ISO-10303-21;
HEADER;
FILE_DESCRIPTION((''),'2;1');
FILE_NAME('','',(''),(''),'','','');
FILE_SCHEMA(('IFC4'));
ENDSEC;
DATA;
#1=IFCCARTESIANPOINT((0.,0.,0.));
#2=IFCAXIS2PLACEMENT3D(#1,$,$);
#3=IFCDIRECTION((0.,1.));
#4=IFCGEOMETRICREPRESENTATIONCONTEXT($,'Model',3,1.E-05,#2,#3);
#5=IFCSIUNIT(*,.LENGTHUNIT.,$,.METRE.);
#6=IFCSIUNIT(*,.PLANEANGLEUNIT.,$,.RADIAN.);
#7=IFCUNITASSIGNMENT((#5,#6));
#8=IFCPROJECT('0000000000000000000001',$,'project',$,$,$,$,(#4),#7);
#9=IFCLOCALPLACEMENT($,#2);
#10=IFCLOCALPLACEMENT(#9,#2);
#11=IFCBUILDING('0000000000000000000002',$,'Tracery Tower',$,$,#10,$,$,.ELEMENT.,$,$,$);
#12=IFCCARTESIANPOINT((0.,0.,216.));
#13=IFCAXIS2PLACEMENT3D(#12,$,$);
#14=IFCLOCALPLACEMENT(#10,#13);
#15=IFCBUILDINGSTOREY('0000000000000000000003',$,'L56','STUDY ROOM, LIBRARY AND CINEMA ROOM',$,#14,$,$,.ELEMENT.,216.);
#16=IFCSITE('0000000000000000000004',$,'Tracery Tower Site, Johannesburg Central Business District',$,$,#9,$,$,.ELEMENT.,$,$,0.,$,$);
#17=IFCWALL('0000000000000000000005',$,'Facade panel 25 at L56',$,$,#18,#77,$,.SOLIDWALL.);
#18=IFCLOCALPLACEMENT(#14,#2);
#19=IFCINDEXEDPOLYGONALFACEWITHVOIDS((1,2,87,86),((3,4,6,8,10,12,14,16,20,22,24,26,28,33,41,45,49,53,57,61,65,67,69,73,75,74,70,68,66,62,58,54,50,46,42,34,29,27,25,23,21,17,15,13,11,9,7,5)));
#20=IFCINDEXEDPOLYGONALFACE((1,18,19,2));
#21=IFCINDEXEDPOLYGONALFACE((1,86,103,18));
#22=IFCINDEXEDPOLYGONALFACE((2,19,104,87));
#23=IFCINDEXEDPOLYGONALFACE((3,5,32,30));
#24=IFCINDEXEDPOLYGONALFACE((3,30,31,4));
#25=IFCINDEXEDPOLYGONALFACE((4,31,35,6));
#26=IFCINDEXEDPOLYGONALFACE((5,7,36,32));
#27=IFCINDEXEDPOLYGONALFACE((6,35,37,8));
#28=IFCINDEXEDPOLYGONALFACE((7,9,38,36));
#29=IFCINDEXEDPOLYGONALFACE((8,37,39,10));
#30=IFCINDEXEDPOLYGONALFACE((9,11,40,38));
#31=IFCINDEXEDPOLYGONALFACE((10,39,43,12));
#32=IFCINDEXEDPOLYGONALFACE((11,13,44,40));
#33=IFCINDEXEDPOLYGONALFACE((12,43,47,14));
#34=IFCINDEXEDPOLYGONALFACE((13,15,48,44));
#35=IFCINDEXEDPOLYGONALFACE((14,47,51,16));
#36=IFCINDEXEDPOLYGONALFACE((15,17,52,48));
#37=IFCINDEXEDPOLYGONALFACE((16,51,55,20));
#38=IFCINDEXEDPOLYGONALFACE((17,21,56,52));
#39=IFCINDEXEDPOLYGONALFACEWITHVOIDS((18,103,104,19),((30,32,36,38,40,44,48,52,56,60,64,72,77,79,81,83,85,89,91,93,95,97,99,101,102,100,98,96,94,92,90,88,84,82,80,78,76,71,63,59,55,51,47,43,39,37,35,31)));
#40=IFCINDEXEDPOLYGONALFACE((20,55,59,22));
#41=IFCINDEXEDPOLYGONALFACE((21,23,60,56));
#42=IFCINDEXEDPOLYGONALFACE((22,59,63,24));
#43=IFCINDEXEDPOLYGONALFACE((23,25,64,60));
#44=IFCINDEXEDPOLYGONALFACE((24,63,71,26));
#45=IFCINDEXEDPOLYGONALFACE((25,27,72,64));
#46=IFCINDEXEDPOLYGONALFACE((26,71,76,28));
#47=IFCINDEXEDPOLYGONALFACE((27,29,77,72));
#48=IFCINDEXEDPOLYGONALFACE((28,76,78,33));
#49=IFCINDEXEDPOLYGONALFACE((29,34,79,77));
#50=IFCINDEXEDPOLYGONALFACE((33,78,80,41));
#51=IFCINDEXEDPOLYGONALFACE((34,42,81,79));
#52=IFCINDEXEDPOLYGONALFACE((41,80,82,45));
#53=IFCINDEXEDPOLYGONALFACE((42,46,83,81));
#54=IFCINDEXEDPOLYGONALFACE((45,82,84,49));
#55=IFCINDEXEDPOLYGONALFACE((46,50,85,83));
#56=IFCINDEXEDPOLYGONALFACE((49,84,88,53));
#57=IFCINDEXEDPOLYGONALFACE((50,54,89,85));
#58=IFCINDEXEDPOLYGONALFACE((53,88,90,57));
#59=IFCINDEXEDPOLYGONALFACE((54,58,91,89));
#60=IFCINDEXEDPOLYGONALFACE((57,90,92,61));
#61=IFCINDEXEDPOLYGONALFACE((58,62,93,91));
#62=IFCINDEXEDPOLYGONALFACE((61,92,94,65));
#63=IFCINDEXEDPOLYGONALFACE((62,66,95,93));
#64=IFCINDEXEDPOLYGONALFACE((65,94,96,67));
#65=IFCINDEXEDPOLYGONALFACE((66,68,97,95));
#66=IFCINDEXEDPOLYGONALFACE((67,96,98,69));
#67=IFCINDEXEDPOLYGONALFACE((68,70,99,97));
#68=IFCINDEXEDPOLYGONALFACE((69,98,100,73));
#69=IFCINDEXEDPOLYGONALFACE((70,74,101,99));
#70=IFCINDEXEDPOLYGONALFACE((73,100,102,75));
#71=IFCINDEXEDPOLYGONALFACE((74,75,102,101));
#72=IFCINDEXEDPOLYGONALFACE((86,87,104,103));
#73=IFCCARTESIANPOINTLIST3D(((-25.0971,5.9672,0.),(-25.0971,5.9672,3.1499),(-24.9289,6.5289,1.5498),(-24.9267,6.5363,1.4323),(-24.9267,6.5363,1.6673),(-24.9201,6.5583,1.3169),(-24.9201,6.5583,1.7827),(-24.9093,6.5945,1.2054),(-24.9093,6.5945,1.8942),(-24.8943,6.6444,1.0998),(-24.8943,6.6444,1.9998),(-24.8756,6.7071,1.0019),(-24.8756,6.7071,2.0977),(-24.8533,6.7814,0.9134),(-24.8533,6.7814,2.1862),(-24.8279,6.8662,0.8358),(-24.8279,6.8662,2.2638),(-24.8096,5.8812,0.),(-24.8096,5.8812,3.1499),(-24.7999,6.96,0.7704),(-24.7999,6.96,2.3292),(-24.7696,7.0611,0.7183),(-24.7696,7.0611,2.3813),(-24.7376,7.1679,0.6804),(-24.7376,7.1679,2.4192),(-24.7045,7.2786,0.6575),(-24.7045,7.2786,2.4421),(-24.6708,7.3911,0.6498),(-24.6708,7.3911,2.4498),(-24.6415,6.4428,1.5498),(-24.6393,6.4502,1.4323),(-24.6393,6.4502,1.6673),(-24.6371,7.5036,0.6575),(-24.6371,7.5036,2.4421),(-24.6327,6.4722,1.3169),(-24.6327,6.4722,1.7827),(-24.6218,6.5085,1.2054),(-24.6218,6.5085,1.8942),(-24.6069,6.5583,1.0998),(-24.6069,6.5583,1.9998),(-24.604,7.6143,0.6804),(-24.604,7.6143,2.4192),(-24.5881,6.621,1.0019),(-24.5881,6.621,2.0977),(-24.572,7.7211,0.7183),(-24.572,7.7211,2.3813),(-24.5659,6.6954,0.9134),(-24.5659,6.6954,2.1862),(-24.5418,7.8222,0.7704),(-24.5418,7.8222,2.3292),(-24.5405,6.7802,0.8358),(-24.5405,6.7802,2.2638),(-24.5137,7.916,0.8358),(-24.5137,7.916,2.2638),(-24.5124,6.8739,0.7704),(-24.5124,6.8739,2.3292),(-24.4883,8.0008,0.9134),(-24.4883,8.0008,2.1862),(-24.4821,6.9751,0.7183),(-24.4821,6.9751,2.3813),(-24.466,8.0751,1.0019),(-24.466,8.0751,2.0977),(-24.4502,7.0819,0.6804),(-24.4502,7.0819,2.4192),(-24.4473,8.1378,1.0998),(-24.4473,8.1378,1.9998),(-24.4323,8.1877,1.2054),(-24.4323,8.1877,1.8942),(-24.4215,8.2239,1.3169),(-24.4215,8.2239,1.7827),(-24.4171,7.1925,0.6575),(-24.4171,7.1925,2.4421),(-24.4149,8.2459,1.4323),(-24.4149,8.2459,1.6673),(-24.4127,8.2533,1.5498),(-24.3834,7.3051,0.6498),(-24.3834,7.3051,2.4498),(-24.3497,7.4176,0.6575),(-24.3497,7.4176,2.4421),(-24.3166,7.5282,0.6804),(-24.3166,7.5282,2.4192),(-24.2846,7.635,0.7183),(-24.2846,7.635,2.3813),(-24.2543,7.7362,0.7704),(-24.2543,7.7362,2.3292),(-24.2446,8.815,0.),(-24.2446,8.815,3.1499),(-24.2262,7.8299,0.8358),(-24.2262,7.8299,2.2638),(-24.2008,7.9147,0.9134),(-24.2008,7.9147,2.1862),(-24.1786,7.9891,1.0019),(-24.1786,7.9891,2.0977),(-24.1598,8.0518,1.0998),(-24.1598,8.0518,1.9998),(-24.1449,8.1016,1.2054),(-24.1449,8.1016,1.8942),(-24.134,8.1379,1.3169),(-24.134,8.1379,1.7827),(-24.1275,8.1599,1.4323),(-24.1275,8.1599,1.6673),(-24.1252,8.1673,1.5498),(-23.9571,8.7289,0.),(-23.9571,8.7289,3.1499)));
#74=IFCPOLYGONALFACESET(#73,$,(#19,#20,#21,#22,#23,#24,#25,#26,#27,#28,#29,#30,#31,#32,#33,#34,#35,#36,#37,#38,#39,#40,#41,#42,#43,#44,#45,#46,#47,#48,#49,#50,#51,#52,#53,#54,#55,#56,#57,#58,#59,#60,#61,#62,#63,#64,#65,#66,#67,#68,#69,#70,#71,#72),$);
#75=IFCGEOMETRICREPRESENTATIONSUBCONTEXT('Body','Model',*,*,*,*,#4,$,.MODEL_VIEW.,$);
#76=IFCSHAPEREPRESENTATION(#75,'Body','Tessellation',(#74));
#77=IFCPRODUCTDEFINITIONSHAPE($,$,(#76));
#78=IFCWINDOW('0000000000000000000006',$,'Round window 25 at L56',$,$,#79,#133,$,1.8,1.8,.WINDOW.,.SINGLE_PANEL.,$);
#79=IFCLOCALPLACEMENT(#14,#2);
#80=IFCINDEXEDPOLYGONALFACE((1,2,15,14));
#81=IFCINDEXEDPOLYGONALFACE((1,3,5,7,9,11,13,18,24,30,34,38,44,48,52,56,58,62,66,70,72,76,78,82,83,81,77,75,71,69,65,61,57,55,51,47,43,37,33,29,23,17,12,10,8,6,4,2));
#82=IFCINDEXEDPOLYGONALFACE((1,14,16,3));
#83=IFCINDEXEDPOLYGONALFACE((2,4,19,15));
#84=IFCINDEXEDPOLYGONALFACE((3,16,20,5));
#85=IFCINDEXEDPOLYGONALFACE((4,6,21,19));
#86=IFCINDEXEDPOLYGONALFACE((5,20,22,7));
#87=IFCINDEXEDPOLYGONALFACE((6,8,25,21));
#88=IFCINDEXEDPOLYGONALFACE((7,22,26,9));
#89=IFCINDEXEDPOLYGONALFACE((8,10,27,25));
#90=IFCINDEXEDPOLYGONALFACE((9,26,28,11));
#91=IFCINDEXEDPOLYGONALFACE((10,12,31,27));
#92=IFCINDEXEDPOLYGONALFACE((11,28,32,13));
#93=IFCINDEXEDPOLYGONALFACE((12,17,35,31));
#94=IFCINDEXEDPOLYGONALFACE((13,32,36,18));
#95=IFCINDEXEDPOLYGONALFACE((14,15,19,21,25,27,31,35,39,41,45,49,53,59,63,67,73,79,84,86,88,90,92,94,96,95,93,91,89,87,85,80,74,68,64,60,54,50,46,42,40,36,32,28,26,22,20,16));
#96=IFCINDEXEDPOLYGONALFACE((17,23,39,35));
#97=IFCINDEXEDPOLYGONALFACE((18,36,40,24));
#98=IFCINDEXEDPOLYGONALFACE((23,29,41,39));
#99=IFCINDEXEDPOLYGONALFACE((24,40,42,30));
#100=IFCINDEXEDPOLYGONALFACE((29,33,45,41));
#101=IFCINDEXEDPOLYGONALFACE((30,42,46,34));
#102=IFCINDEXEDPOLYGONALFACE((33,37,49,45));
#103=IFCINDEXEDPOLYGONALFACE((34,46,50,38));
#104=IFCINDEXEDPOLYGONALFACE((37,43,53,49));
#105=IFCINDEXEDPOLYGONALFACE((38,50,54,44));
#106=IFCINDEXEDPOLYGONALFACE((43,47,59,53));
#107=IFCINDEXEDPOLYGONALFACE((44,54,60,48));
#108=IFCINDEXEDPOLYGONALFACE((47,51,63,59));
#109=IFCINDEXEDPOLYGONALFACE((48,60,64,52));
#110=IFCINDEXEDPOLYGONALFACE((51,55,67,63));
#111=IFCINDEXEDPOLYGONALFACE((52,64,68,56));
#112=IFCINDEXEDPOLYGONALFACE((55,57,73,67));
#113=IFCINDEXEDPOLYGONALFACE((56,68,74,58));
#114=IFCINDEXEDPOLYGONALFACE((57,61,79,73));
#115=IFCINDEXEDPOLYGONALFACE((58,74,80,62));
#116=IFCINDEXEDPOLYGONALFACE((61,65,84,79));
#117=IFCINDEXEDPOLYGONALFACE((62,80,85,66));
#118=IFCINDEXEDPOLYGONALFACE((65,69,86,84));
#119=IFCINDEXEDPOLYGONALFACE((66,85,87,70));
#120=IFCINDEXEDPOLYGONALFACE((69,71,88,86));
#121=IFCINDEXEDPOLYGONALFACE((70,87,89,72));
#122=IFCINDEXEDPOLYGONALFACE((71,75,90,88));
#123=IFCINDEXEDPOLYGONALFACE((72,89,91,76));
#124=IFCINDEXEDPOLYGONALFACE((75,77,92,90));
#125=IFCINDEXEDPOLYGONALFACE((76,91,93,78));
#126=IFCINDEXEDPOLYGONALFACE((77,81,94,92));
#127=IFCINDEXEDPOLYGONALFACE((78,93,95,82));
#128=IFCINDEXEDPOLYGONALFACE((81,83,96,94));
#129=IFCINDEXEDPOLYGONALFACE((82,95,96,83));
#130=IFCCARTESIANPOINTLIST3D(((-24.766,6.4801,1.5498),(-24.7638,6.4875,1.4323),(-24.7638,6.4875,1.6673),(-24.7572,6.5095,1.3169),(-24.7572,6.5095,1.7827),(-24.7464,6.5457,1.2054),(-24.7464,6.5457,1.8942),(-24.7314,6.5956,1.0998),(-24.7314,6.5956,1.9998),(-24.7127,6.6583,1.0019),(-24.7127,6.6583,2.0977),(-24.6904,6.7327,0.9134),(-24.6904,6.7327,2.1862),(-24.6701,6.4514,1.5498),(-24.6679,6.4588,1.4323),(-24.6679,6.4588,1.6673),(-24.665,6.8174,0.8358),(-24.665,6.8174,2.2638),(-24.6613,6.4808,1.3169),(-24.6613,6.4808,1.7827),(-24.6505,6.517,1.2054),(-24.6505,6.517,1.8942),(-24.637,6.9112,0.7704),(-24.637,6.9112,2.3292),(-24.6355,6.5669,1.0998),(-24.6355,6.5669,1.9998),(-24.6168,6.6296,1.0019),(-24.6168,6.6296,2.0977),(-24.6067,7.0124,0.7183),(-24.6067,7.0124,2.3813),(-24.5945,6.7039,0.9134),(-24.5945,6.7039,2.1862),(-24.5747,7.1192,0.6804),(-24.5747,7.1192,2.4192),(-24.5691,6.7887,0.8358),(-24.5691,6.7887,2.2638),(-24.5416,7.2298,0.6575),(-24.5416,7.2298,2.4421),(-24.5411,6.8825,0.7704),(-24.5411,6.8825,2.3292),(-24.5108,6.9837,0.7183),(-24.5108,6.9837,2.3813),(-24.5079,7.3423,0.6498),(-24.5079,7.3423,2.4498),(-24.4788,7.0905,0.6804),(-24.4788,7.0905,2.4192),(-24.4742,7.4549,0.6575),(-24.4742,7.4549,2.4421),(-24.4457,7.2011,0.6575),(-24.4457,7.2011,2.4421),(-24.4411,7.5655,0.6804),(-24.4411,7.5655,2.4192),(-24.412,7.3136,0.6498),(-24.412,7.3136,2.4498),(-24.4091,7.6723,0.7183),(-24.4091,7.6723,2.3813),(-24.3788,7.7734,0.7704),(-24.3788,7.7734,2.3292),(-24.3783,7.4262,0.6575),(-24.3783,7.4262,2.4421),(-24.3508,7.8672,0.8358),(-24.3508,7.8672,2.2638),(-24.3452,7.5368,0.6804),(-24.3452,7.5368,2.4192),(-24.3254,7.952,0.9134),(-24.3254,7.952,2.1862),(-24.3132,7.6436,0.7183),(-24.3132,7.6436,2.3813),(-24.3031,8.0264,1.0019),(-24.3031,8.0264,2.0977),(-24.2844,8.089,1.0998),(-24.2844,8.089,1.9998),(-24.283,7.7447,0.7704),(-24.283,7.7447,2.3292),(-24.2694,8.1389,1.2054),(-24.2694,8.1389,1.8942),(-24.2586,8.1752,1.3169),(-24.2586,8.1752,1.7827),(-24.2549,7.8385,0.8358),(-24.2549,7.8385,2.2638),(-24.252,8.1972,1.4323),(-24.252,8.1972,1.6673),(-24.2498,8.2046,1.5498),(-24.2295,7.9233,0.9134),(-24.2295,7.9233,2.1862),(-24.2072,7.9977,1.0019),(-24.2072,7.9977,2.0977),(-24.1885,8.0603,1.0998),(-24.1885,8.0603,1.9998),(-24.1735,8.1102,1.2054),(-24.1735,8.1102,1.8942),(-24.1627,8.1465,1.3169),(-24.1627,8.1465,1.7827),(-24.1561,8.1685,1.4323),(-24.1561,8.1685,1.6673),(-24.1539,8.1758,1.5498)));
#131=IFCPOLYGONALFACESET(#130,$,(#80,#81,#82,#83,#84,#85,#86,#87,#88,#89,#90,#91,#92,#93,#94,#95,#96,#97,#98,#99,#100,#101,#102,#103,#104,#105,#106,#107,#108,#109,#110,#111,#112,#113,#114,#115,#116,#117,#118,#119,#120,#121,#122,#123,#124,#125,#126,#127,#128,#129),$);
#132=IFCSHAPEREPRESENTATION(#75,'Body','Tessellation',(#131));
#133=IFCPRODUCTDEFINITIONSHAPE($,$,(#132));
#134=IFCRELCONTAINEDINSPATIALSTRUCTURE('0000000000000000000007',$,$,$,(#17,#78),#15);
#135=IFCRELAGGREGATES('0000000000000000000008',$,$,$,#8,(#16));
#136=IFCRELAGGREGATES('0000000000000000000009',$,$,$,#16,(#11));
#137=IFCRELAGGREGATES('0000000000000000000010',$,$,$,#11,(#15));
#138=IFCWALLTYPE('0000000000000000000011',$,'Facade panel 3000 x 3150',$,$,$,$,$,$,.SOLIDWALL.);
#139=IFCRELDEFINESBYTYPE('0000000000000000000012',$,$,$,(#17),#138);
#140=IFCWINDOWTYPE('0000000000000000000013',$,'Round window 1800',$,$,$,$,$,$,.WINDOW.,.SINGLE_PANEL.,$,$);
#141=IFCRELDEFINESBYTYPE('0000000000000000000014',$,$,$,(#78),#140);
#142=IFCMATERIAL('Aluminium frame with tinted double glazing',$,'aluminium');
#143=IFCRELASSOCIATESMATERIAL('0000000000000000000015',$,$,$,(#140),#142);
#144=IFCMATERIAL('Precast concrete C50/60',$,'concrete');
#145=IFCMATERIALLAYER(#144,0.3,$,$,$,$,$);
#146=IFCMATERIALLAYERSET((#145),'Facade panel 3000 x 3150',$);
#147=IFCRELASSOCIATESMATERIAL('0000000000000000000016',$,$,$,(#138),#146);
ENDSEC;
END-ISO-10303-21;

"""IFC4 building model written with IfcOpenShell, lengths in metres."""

from ifc_helpers import new_model, si_unit, direction, frame, frame_2d, origin, origin_2d, place, context, subcontext, project, spatial, rectangle, circle, extrude, material, layer, layer_set, type_object, element, fill, save


model = new_model("IFC4")

# Units and contexts
model_context = context("Model", 3, precision=1e-05, world=origin(), true_north=direction((0.0, 1.0)))
body_context = subcontext(model_context, "Body", "Model", "MODEL_VIEW")
ifc_project = project(units=[si_unit("LENGTHUNIT", "METRE"), si_unit("PLANEANGLEUNIT", "RADIAN")], contexts=[model_context])

# Site, building, storey
site_placement = place(None, origin())
site = spatial("IfcSite", under=ifc_project, at=site_placement, Name="Tracery Tower Site, Johannesburg Central Business District", CompositionType="ELEMENT", RefElevation=0.0)
building_placement = place(site_placement, origin())
building = spatial("IfcBuilding", under=site, at=building_placement, Name="Tracery Tower", CompositionType="ELEMENT")
storey_placement = place(building_placement, frame((0.0, 0.0, 216.0)))
storey = spatial("IfcBuildingStorey", under=building, at=storey_placement, Name="L56", Description="STUDY ROOM, LIBRARY AND CINEMA ROOM", CompositionType="ELEMENT", Elevation=216.0)

# Wall, opening, window
ifc_material_1 = material(Name="Aluminium frame with tinted double glazing", Category="aluminium")
window_type = type_object("IfcWindowType", Name="Round window 1800", PartitioningType="SINGLE_PANEL", PredefinedType="WINDOW", material=ifc_material_1)
ifc_material_2 = material(Name="Precast concrete C50/60", Category="concrete")
ifc_layer_1 = layer(ifc_material_2, 0.3)
ifc_layer_set_1 = layer_set([ifc_layer_1], Name="Facade panel 3000 x 3150")
wall_type_1 = type_object("IfcWallType", Name="Facade panel 3000 x 3150", PredefinedType="SOLIDWALL", material=ifc_layer_set_1)
wall_1_placement = place(storey_placement, frame((-24.1008, 8.772, 0.0), z_axis=(0.0, 0.0, 1.0), x_axis=(-0.286783, -0.957996, 0.0)))
wall_1 = element("IfcWall", 1, at=wall_1_placement, inside=storey, type_object=wall_type_1, Name="Facade panel 25 at L56", PredefinedType="SOLIDWALL", context=body_context, shape_type="SweptSolid", body=[
    extrude(rectangle(XDim=2.9727, YDim=0.3, at=frame_2d((1.4863, 0.0))), origin(), (0.0, 0.0, 1.0), 3.1499),
])
opening_1_placement = place(wall_1_placement, frame((1.4863, 0.0, 1.5498)))
opening_1 = element("IfcOpeningElement", 2, at=opening_1_placement, cuts=wall_1, PredefinedType="OPENING", context=body_context, shape_type="SweptSolid", body=[
    extrude(circle(Radius=0.9, at=origin_2d()), frame((0.0, 0.1599, 0.0), z_axis=(0.0, -1.0, 0.0), x_axis=(1.0, 0.0, 0.0)), (0.0, 0.0, 1.0), 0.3201),
])
window_1_placement = place(opening_1_placement, origin())
window_1 = element("IfcWindow", 3, at=window_1_placement, inside=storey, type_object=window_type, Name="Round window 25 at L56", OverallHeight=1.8, OverallWidth=1.8, PartitioningType="SINGLE_PANEL", PredefinedType="WINDOW", context=body_context, shape_type="SweptSolid", body=[
    extrude(circle(Radius=0.9, at=origin_2d()), frame((0.0, 0.1201, 0.0), z_axis=(0.0, -1.0, 0.0), x_axis=(1.0, 0.0, 0.0)), (0.0, 0.0, 1.0), 0.1001),
])
fill(opening_1, window_1)

save(model, "model.ifc")
